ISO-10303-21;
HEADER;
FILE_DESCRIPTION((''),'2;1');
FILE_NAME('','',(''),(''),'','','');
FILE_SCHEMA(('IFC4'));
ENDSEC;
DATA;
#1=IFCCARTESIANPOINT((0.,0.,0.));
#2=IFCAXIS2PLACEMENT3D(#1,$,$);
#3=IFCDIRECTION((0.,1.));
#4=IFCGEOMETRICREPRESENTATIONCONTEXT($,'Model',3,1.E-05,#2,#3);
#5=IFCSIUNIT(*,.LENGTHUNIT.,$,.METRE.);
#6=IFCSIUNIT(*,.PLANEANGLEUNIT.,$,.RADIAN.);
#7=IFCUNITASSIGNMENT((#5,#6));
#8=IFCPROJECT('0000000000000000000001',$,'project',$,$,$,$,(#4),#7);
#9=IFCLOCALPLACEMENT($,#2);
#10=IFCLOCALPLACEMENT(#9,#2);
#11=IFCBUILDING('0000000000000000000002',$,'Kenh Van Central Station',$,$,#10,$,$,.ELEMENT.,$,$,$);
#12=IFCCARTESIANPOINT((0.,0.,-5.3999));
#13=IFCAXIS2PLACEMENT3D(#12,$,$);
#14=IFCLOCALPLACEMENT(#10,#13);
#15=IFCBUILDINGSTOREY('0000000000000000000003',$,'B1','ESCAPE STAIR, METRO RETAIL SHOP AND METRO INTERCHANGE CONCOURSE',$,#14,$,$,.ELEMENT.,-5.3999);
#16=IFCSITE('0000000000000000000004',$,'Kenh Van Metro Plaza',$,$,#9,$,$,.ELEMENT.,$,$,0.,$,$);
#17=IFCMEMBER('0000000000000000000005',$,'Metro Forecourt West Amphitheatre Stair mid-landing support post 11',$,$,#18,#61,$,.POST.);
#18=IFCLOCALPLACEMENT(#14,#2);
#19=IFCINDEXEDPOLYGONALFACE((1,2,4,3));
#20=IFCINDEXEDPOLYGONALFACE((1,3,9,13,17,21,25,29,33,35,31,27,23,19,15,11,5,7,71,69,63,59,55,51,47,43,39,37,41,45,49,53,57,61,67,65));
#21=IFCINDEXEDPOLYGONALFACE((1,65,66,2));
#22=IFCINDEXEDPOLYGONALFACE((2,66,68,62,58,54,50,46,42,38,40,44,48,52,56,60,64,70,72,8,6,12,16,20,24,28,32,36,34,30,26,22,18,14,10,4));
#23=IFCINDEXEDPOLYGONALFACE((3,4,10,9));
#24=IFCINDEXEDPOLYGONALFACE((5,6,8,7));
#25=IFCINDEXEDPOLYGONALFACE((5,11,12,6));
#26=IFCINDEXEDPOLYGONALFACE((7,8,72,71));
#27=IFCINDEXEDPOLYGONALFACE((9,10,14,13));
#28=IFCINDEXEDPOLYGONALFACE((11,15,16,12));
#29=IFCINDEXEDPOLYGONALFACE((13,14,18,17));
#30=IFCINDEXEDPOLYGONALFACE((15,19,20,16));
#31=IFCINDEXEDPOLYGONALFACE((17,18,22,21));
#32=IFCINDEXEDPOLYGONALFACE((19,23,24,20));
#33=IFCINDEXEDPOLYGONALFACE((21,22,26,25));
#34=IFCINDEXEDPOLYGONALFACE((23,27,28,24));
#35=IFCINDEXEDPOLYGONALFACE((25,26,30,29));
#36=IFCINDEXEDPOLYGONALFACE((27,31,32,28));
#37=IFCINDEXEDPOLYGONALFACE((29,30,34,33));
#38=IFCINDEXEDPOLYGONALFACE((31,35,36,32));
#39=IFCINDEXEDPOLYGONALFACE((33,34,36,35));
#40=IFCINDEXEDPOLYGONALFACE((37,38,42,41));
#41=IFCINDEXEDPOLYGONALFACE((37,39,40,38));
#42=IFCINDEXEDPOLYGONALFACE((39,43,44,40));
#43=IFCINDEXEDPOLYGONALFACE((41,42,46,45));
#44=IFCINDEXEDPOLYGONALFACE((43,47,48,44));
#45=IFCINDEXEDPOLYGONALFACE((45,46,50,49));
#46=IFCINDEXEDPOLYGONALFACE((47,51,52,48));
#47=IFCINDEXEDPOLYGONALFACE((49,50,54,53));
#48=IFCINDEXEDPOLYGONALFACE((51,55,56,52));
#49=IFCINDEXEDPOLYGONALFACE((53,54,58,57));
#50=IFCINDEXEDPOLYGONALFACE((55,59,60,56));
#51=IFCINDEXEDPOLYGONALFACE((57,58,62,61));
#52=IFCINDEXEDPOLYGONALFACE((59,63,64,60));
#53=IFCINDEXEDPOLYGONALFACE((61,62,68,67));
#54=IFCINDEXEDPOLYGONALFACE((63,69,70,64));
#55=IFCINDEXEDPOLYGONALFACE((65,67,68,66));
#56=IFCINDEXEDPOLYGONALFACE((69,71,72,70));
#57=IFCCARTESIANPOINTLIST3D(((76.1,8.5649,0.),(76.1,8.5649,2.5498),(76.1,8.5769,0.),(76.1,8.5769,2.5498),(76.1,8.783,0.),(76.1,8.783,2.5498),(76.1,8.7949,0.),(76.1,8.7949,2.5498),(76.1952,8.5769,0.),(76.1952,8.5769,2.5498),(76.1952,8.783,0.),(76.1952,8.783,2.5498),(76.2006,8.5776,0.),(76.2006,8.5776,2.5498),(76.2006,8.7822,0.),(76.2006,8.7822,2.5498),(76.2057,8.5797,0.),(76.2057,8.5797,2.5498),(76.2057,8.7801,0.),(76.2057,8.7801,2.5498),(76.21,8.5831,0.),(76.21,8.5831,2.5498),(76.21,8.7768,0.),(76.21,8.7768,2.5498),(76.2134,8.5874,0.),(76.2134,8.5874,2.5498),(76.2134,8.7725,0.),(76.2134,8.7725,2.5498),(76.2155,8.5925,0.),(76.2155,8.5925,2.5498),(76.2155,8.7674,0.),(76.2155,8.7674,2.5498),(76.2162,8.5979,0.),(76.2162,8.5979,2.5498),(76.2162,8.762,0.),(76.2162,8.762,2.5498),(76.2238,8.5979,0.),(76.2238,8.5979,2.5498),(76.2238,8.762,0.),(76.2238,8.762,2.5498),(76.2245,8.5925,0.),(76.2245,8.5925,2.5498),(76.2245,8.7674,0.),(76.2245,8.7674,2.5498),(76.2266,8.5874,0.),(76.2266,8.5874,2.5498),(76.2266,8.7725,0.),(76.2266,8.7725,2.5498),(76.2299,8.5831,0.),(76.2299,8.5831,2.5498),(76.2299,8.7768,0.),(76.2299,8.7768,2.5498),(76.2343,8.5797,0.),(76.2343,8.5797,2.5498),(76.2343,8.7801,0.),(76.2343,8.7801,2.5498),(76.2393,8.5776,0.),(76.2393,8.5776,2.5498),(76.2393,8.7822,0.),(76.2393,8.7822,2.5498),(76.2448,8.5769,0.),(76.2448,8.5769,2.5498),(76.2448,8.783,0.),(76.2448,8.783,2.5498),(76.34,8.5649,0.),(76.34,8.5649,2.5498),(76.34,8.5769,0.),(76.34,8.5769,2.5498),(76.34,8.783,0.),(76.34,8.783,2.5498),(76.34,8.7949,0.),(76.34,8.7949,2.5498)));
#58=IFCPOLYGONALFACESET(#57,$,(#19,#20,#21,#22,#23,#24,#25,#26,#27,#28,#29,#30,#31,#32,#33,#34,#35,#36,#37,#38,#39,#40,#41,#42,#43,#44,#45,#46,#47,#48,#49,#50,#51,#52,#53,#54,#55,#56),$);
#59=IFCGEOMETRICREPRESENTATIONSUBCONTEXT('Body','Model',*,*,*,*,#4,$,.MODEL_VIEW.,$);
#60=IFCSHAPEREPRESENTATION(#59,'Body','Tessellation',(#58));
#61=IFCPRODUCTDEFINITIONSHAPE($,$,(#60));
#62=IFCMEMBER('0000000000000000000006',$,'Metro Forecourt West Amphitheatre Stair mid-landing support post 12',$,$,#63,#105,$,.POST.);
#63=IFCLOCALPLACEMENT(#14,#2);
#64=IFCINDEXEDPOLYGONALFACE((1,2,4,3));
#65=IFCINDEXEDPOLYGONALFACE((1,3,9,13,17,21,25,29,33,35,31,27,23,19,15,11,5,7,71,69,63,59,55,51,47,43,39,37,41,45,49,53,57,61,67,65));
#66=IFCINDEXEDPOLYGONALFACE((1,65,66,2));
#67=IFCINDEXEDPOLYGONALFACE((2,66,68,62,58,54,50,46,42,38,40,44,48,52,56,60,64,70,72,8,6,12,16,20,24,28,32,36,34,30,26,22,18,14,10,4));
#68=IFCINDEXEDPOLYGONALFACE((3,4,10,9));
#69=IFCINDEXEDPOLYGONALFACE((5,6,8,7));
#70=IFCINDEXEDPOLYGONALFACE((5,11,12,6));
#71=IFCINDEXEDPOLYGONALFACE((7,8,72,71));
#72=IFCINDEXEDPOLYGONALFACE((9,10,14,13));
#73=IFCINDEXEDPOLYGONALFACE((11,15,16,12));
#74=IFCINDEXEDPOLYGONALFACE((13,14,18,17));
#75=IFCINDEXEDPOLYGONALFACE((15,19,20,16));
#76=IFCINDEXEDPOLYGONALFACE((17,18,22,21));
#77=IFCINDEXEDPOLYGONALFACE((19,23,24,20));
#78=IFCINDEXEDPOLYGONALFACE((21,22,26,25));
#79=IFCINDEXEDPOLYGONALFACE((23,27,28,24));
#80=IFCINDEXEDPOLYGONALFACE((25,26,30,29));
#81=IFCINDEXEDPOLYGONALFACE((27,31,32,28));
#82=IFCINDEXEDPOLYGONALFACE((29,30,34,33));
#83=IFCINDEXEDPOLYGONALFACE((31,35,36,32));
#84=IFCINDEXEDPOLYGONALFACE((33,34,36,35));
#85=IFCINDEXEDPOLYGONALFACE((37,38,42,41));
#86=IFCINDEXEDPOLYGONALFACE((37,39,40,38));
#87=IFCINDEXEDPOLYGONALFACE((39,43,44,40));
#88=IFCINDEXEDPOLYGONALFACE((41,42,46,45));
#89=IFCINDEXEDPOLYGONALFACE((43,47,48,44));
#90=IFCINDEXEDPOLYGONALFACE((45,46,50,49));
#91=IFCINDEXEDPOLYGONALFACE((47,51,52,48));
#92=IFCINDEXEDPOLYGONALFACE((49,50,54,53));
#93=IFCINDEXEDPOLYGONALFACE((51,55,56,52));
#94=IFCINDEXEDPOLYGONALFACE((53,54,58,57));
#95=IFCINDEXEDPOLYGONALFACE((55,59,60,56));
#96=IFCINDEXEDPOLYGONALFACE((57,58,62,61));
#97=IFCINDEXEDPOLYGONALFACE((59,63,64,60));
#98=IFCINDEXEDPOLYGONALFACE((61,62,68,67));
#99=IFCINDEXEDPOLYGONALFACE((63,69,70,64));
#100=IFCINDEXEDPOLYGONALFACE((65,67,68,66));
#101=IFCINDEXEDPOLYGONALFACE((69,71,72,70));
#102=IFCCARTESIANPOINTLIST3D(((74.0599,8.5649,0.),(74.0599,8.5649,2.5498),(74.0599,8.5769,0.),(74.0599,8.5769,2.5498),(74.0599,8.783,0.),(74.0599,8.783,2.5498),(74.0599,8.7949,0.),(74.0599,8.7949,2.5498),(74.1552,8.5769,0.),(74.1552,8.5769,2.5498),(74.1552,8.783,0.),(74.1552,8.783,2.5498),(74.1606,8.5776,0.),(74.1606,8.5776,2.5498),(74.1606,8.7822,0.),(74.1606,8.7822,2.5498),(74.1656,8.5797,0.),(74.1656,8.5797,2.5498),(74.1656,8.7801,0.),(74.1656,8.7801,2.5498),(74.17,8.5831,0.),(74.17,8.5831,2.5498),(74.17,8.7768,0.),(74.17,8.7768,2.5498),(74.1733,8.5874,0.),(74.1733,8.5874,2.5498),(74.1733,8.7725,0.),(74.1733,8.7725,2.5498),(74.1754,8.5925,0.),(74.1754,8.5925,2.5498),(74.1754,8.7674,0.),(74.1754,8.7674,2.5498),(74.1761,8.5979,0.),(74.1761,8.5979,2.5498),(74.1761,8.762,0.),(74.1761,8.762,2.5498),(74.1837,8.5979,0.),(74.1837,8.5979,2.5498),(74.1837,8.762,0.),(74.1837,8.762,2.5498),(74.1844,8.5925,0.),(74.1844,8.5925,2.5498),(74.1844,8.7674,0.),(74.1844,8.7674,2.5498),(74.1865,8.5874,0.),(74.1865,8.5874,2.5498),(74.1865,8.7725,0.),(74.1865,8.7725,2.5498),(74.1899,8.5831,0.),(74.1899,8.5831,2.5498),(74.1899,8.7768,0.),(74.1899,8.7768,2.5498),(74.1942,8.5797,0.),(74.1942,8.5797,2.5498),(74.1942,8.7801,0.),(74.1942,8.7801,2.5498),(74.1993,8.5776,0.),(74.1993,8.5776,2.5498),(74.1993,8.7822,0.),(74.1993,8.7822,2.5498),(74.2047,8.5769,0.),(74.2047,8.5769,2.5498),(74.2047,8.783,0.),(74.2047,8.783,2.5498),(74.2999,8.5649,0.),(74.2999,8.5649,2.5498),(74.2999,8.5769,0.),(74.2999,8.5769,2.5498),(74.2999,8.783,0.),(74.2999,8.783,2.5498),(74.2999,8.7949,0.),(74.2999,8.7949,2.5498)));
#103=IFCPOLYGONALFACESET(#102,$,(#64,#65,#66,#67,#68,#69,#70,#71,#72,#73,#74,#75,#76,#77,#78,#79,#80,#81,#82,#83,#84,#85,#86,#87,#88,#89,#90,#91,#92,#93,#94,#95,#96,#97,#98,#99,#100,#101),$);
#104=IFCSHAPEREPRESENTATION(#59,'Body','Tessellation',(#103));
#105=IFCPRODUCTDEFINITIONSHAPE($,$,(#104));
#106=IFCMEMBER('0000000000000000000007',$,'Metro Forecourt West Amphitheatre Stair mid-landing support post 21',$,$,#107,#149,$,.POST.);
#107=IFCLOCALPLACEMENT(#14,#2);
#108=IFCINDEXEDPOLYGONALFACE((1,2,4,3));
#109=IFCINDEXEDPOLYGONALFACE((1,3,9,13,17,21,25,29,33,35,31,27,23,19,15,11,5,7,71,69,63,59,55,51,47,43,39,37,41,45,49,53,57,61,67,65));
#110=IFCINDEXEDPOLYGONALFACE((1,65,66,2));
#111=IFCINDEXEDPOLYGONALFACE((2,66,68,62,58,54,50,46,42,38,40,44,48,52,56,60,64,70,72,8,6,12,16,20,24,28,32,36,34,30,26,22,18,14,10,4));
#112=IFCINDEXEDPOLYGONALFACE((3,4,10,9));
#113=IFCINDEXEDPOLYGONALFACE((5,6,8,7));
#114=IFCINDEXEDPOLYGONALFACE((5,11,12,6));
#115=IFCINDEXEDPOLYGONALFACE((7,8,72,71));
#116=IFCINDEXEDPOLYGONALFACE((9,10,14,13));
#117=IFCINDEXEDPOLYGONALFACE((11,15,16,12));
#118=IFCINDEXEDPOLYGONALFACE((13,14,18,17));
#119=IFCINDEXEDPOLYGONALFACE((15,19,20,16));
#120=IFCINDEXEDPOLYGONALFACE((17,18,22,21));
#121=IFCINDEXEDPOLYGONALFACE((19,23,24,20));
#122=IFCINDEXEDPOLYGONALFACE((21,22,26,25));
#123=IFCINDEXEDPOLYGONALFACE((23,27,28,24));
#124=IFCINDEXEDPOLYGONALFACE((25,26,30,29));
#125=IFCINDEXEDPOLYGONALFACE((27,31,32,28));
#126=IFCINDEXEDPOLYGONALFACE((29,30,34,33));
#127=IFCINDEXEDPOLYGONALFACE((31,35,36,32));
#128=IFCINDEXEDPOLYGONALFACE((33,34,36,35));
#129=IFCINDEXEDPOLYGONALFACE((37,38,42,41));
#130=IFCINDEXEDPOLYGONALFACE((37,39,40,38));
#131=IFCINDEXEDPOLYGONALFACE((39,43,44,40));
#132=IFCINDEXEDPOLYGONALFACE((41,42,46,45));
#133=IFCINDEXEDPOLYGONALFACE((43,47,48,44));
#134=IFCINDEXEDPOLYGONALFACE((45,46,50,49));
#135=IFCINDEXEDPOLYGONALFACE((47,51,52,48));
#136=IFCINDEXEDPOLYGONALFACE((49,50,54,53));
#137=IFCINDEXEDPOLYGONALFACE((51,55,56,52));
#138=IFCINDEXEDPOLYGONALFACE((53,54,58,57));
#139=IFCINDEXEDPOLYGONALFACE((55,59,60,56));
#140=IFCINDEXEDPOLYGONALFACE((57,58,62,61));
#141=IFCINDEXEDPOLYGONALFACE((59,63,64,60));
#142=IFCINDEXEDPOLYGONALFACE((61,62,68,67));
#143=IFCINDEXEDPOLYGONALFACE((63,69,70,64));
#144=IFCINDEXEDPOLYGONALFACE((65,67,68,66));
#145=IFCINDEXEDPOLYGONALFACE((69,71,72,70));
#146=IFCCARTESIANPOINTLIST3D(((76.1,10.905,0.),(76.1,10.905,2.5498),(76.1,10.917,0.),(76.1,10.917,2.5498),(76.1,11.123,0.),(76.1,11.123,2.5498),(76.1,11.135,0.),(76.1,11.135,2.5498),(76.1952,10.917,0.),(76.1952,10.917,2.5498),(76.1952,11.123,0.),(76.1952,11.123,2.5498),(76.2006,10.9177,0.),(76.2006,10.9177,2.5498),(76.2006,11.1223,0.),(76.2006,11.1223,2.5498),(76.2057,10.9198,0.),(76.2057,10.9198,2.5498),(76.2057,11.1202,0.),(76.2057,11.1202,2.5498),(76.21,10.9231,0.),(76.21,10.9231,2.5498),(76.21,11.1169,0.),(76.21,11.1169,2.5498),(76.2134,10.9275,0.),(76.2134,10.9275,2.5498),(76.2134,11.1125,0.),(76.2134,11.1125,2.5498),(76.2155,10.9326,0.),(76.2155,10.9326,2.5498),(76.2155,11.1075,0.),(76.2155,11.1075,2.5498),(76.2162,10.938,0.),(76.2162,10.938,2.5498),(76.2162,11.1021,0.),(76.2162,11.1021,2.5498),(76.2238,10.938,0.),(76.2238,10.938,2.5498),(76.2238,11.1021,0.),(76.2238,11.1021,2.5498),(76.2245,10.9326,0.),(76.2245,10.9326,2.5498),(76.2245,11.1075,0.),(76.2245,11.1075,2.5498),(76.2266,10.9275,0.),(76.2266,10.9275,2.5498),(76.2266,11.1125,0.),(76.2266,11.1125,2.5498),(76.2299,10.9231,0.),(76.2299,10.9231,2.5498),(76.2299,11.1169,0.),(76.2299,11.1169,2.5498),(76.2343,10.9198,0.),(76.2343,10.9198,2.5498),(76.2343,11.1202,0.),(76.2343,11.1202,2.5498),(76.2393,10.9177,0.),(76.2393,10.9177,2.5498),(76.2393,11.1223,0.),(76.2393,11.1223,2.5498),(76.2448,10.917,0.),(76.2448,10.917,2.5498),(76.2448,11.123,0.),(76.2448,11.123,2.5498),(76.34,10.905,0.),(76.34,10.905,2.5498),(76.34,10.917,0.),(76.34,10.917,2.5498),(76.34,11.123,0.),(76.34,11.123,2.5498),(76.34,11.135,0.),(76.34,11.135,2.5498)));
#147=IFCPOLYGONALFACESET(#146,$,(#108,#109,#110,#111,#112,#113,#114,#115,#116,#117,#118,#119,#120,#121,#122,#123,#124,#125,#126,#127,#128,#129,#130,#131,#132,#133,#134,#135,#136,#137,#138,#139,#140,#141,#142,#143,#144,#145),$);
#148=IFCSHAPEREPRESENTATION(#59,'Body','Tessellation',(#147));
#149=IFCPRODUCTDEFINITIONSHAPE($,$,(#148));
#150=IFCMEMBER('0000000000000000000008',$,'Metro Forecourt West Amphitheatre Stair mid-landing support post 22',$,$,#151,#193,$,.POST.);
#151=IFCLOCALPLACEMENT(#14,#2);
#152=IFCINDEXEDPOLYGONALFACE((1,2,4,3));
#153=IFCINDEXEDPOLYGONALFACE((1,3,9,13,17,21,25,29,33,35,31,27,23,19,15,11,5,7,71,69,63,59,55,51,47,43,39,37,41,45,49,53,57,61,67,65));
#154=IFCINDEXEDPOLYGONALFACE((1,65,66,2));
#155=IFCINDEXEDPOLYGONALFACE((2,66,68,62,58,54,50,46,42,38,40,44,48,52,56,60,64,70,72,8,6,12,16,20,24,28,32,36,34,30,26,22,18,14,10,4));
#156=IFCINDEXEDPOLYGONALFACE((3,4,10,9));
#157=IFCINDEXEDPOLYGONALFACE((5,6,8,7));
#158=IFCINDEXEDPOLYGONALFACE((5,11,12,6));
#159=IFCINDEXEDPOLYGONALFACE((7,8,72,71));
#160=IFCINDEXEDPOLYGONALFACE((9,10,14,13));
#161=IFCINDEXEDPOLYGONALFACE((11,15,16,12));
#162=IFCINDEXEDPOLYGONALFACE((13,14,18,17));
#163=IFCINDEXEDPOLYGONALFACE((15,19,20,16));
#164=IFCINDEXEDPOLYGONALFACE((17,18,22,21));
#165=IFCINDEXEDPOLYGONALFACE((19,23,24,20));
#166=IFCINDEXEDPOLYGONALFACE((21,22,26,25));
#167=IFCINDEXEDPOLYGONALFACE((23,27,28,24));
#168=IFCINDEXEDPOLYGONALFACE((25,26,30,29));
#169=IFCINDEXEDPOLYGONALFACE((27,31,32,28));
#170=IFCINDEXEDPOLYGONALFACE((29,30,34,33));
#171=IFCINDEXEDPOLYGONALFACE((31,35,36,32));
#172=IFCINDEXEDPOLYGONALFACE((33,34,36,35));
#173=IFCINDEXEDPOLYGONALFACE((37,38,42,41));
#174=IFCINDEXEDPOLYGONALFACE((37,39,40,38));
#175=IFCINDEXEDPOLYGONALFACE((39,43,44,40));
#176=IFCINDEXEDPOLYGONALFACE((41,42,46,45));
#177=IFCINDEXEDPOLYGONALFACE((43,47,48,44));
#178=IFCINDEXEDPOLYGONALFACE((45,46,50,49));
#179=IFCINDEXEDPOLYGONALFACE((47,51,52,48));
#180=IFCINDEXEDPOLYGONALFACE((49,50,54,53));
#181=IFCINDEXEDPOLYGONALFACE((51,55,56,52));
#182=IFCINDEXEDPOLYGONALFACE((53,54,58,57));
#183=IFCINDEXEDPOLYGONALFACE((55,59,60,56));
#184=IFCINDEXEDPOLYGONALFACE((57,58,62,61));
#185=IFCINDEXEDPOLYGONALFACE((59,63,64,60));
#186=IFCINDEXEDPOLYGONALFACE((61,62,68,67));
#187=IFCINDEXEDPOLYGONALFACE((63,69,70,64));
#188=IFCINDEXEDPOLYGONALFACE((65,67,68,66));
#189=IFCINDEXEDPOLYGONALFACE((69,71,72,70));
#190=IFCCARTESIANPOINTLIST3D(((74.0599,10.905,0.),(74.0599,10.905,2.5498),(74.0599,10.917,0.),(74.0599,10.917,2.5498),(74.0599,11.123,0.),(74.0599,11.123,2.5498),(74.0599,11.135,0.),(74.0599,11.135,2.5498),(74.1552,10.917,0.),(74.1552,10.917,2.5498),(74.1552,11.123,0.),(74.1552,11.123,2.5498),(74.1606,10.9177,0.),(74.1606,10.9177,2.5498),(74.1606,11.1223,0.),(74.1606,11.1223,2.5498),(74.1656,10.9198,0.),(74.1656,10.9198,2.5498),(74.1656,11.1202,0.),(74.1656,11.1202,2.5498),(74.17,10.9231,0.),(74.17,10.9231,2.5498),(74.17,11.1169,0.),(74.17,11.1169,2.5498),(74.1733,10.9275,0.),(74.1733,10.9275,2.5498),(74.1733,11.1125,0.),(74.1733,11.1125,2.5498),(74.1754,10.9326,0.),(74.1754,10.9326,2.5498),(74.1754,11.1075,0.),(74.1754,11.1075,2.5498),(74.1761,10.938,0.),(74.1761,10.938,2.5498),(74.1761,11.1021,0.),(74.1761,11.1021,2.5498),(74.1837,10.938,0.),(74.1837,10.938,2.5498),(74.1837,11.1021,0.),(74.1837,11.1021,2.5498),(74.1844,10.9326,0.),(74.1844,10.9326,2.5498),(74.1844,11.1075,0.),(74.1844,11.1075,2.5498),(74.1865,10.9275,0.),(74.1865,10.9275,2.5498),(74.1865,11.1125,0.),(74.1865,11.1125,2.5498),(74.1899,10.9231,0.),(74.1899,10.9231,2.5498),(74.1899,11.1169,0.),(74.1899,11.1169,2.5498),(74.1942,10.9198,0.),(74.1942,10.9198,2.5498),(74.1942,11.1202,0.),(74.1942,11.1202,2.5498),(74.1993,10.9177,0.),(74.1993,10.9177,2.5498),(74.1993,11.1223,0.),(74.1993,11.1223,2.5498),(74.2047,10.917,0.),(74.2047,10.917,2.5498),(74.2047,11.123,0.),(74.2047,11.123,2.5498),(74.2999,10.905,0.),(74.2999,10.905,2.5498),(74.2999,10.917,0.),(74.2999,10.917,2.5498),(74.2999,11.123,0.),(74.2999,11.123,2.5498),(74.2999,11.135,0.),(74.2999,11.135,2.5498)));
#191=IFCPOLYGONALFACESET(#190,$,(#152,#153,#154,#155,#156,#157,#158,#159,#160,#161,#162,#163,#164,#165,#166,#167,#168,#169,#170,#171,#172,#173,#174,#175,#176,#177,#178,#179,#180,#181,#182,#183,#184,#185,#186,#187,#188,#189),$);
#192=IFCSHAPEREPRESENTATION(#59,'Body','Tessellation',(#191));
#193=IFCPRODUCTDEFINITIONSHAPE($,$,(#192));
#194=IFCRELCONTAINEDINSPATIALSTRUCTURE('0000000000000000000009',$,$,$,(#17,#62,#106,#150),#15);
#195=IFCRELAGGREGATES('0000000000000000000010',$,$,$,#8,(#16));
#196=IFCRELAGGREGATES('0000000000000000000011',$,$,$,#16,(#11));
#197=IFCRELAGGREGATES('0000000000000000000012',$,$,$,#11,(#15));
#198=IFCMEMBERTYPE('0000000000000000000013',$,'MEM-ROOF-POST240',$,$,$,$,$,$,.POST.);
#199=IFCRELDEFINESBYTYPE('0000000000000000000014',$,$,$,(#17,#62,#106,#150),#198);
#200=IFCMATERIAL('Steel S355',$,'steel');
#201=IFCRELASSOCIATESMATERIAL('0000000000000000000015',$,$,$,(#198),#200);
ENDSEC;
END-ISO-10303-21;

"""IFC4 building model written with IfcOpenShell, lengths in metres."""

from ifc_helpers import new_model, si_unit, direction, frame, origin, origin_2d, place, context, subcontext, project, spatial, i_section, extrude, material, material_profile, profile_set, type_object, element, save


model = new_model("IFC4")

# Units and contexts
model_context = context("Model", 3, precision=1e-05, world=origin(), true_north=direction((0.0, 1.0)))
body_context = subcontext(model_context, "Body", "Model", "MODEL_VIEW")
ifc_project = project(units=[si_unit("LENGTHUNIT", "METRE"), si_unit("PLANEANGLEUNIT", "RADIAN")], contexts=[model_context])

# Site, building, storey
site_placement = place(None, origin())
site = spatial("IfcSite", under=ifc_project, at=site_placement, Name="Kenh Van Metro Plaza", CompositionType="ELEMENT", RefElevation=0.0)
building_placement = place(site_placement, origin())
building = spatial("IfcBuilding", under=site, at=building_placement, Name="Kenh Van Central Station", CompositionType="ELEMENT")
storey_placement = place(building_placement, frame((0.0, 0.0, -5.3999)))
storey = spatial("IfcBuildingStorey", under=building, at=storey_placement, Name="B1", Description="ESCAPE STAIR, METRO RETAIL SHOP AND METRO INTERCHANGE CONCOURSE", CompositionType="ELEMENT", Elevation=-5.3999)

# Members
ifc_material_1 = material(Name="Steel S355", Category="steel")
ifc_material_profile_1 = material_profile(ifc_material_1, i_section(OverallWidth=0.24, OverallDepth=0.23, WebThickness=0.0076, FlangeThickness=0.012, FilletRadius=0.021, at=origin_2d()), Name="HEA 240")
ifc_profile_set_1 = profile_set([ifc_material_profile_1], Name="Steel S355")
member_type = type_object("IfcMemberType", Name="MEM-ROOF-POST240", PredefinedType="POST", material=ifc_profile_set_1)
for number, where, z_axis, x_axis, name in (
    (1, (76.22, 8.6799, 0.0), (0.0, 0.0, 1.0), (1.0, 0.0, 0.0), "Metro Forecourt West Amphitheatre Stair mid-landing support post 11"),
    (2, (74.1799, 8.6799, 0.0), (0.0, 0.0, 1.0), (1.0, 0.0, 0.0), "Metro Forecourt West Amphitheatre Stair mid-landing support post 12"),
    (3, (76.22, 11.02, 0.0), (0.0, 0.0, 1.0), (1.0, 0.0, 0.0), "Metro Forecourt West Amphitheatre Stair mid-landing support post 21"),
    (4, (74.1799, 11.02, 0.0), (0.0, 0.0, 1.0), (1.0, 0.0, 0.0), "Metro Forecourt West Amphitheatre Stair mid-landing support post 22"),
):
    element("IfcMember", number, at=place(storey_placement, frame(where, z_axis=z_axis, x_axis=x_axis)), inside=storey, type_object=member_type, Name=name, PredefinedType="POST", context=body_context, shape_type="SweptSolid", body=[
        extrude(i_section(OverallWidth=0.24, OverallDepth=0.23, WebThickness=0.0076, FlangeThickness=0.012, FilletRadius=0.021, at=origin_2d()), origin(), (0.0, 0.0, 1.0), 2.5498),
    ])

save(model, "model.ifc")
